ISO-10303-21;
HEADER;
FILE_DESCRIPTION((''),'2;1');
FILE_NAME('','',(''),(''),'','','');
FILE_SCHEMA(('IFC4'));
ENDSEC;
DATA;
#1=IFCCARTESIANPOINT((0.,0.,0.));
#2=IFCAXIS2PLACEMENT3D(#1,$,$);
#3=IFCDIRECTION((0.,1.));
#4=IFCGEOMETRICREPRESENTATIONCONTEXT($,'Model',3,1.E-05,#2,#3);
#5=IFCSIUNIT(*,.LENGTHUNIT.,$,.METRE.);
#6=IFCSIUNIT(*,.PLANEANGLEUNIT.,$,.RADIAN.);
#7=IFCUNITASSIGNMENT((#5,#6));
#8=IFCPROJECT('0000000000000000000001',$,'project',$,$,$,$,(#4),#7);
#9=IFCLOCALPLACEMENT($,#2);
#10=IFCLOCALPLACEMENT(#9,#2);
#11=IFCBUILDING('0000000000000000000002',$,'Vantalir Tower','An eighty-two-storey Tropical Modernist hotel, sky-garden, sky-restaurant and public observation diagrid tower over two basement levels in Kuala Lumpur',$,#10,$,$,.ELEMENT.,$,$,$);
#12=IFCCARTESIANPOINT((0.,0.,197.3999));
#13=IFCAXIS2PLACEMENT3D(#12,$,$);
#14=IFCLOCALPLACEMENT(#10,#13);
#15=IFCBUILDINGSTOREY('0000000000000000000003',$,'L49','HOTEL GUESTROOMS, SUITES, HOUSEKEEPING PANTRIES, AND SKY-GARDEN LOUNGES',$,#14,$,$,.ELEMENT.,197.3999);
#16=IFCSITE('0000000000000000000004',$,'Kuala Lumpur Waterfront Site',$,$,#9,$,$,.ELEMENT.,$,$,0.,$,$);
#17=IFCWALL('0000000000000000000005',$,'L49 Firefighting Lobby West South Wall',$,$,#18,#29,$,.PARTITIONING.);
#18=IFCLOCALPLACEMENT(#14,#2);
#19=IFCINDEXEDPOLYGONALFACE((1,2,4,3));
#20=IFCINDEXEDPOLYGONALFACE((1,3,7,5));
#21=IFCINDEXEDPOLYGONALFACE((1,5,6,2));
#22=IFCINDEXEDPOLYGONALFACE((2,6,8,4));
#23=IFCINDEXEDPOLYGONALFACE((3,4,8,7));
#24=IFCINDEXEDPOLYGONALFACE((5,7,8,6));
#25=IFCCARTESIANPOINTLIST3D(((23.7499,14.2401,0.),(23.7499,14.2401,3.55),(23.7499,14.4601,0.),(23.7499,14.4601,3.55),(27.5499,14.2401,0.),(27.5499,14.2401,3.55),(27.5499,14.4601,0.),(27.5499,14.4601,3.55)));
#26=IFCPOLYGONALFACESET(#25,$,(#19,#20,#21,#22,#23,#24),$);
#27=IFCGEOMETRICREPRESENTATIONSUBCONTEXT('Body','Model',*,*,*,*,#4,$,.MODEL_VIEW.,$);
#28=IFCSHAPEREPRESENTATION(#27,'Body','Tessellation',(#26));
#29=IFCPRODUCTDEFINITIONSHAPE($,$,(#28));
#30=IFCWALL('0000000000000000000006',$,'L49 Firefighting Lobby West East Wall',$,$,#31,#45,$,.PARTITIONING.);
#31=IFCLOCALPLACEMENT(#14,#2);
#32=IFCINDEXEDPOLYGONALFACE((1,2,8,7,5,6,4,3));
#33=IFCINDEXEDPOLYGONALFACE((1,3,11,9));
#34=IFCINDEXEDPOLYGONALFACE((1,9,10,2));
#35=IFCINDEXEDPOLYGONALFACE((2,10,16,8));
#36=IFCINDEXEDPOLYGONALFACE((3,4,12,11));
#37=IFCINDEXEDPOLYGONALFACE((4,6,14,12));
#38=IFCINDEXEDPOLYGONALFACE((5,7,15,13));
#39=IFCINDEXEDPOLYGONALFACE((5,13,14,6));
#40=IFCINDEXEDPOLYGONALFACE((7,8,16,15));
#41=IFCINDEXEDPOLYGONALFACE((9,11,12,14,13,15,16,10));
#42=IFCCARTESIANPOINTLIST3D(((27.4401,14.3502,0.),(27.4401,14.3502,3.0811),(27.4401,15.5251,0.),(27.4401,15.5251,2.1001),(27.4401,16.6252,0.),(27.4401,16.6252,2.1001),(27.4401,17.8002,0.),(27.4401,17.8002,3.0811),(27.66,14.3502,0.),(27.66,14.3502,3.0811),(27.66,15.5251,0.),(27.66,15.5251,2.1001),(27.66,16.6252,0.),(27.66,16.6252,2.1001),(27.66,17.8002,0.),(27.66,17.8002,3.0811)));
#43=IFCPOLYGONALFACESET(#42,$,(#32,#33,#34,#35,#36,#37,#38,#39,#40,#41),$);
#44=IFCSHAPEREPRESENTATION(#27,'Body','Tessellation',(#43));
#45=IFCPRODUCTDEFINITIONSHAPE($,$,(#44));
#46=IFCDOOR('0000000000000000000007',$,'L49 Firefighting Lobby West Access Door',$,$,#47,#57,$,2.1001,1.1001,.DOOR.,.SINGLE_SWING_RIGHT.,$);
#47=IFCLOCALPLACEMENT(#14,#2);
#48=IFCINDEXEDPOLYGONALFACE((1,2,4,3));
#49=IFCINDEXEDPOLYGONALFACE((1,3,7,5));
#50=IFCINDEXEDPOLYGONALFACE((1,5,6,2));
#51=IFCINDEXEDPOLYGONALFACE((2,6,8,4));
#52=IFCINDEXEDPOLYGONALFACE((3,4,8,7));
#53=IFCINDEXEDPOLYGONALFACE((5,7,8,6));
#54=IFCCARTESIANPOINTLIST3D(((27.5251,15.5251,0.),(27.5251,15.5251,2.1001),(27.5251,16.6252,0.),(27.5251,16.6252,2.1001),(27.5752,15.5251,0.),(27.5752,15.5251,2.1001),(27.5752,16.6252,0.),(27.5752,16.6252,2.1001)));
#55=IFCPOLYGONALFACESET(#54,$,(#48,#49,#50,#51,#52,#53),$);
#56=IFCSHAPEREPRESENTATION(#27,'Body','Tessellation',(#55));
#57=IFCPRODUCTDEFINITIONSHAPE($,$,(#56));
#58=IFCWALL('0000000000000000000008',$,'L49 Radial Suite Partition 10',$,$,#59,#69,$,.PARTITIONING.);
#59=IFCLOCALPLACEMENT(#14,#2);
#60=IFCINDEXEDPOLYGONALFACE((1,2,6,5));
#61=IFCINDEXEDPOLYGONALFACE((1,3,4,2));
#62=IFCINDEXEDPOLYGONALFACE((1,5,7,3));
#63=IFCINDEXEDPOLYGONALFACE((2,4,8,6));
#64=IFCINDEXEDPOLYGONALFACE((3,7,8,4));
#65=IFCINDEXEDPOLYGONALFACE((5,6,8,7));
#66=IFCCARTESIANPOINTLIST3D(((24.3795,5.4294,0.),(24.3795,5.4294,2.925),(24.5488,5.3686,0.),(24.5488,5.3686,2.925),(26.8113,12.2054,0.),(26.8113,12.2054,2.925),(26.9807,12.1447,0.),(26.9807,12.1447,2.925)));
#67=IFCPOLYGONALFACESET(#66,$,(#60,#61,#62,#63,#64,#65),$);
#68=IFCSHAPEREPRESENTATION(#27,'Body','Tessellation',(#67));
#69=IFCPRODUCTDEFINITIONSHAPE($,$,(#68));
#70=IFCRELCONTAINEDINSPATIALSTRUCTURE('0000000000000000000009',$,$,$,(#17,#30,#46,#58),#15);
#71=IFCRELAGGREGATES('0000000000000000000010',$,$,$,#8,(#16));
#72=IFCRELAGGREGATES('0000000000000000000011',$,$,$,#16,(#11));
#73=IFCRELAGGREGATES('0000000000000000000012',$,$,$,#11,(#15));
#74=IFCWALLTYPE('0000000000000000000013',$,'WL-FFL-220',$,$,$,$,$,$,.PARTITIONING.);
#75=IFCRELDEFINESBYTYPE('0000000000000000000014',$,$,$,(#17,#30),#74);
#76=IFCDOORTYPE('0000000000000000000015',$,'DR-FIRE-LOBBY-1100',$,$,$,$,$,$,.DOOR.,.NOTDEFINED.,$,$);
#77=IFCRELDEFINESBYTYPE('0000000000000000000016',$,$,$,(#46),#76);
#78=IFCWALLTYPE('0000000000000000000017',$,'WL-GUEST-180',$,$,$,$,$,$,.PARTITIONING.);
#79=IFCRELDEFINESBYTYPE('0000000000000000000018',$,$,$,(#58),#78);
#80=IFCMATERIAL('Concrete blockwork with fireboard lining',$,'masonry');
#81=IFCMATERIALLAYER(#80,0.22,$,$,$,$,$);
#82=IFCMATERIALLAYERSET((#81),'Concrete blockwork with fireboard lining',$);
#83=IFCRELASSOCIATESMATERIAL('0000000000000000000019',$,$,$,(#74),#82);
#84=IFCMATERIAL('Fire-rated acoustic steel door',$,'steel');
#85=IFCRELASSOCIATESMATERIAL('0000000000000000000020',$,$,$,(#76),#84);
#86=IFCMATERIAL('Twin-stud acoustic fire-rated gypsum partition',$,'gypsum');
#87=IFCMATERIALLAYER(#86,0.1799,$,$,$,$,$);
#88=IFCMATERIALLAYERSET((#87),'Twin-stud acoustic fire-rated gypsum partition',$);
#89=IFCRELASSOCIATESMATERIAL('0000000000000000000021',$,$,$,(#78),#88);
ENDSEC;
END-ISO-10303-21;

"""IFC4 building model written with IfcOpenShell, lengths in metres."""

from ifc_helpers import new_model, si_unit, direction, frame, frame_2d, origin, place, context, subcontext, project, spatial, rectangle, extrude, material, layer, layer_set, type_object, element, fill, save


model = new_model("IFC4")

# Units and contexts
model_context = context("Model", 3, precision=1e-05, world=origin(), true_north=direction((0.0, 1.0)))
body_context = subcontext(model_context, "Body", "Model", "MODEL_VIEW")
ifc_project = project(units=[si_unit("LENGTHUNIT", "METRE"), si_unit("PLANEANGLEUNIT", "RADIAN")], contexts=[model_context])

# Site, building, storey
site_placement = place(None, origin())
site = spatial("IfcSite", under=ifc_project, at=site_placement, Name="Kuala Lumpur Waterfront Site", CompositionType="ELEMENT", RefElevation=0.0)
building_placement = place(site_placement, origin())
building = spatial("IfcBuilding", under=site, at=building_placement, Name="Vantalir Tower", Description="An eighty-two-storey Tropical Modernist hotel, sky-garden, sky-restaurant and public observation diagrid tower over two basement levels in Kuala Lumpur", CompositionType="ELEMENT")
storey_placement = place(building_placement, frame((0.0, 0.0, 197.3999)))
storey = spatial("IfcBuildingStorey", under=building, at=storey_placement, Name="L49", Description="HOTEL GUESTROOMS, SUITES, HOUSEKEEPING PANTRIES, AND SKY-GARDEN LOUNGES", CompositionType="ELEMENT", Elevation=197.3999)

# Wall
ifc_material_1 = material(Name="Concrete blockwork with fireboard lining", Category="masonry")
ifc_layer_1 = layer(ifc_material_1, 0.22)
ifc_layer_set_1 = layer_set([ifc_layer_1], Name="Concrete blockwork with fireboard lining")
wall_type_1 = type_object("IfcWallType", Name="WL-FFL-220", PredefinedType="PARTITIONING", material=ifc_layer_set_1)
wall_1_placement = place(storey_placement, frame((23.75, 14.3501, 0.0), z_axis=(0.0, 0.0, 1.0), x_axis=(1.0, 0.0, 0.0)))
element("IfcWall", 1, at=wall_1_placement, inside=storey, type_object=wall_type_1, Name="L49 Firefighting Lobby West South Wall", PredefinedType="PARTITIONING", context=body_context, shape_type="SweptSolid", body=[
    extrude(rectangle(XDim=3.8, YDim=0.22, at=frame_2d((1.8999, 0.0))), origin(), (0.0, 0.0, 1.0), 3.55),
])

# Wall, opening, door
wall_2_placement = place(storey_placement, frame((27.55, 14.3501, 0.0), z_axis=(0.0, 0.0, 1.0), x_axis=(0.0, 1.0, 0.0)))
wall_2 = element("IfcWall", 2, at=wall_2_placement, inside=storey, type_object=wall_type_1, Name="L49 Firefighting Lobby West East Wall", PredefinedType="PARTITIONING", context=body_context, shape_type="SweptSolid", body=[
    extrude(rectangle(XDim=3.45, YDim=0.22, at=frame_2d((1.7251, 0.0))), origin(), (0.0, 0.0, 1.0), 3.0811),
])
opening_1_placement = place(wall_2_placement, frame((1.175, 0.0, 0.0)))
opening_1 = element("IfcOpeningElement", 3, at=opening_1_placement, cuts=wall_2, PredefinedType="OPENING", context=body_context, shape_type="SweptSolid", body=[
    extrude(rectangle(XDim=1.1001, YDim=2.1001, at=frame_2d((0.55, 1.05))), frame((0.0, 0.1199, 0.0), z_axis=(0.0, -1.0, 0.0), x_axis=(1.0, 0.0, 0.0)), (0.0, 0.0, 1.0), 0.24),
])
ifc_material_2 = material(Name="Fire-rated acoustic steel door", Category="steel")
door_type_1 = type_object("IfcDoorType", Name="DR-FIRE-LOBBY-1100", OperationType="NOTDEFINED", PredefinedType="DOOR", material=ifc_material_2)
door_1_placement = place(opening_1_placement, origin())
door_1 = element("IfcDoor", 4, at=door_1_placement, inside=storey, type_object=door_type_1, Name="L49 Firefighting Lobby West Access Door", OperationType="SINGLE_SWING_RIGHT", OverallHeight=2.1001, OverallWidth=1.1001, PredefinedType="DOOR", context=body_context, shape_type="SweptSolid", body=[
    extrude(rectangle(XDim=1.1001, YDim=2.1001, at=frame_2d((0.55, 1.05))), frame((0.0, 0.0249, 0.0), z_axis=(0.0, -1.0, 0.0), x_axis=(1.0, 0.0, 0.0)), (0.0, 0.0, 1.0), 0.05),
])
fill(opening_1, door_1)

# Wall
ifc_material_3 = material(Name="Twin-stud acoustic fire-rated gypsum partition", Category="gypsum")
ifc_layer_2 = layer(ifc_material_3, 0.1799)
ifc_layer_set_2 = layer_set([ifc_layer_2], Name="Twin-stud acoustic fire-rated gypsum partition")
wall_type_2 = type_object("IfcWallType", Name="WL-GUEST-180", PredefinedType="PARTITIONING", material=ifc_layer_set_2)
wall_3_placement = place(storey_placement, frame((26.896, 12.175, 0.0), z_axis=(0.0, 0.0, 1.0), x_axis=(-0.337795, -0.94122, 0.0)))
element("IfcWall", 5, at=wall_3_placement, inside=storey, type_object=wall_type_2, Name="L49 Radial Suite Partition 10", PredefinedType="PARTITIONING", context=body_context, shape_type="SweptSolid", body=[
    extrude(rectangle(XDim=7.1992, YDim=0.1799, at=frame_2d((3.5996, 0.0))), origin(), (0.0, 0.0, 1.0), 2.925),
])

save(model, "model.ifc")
